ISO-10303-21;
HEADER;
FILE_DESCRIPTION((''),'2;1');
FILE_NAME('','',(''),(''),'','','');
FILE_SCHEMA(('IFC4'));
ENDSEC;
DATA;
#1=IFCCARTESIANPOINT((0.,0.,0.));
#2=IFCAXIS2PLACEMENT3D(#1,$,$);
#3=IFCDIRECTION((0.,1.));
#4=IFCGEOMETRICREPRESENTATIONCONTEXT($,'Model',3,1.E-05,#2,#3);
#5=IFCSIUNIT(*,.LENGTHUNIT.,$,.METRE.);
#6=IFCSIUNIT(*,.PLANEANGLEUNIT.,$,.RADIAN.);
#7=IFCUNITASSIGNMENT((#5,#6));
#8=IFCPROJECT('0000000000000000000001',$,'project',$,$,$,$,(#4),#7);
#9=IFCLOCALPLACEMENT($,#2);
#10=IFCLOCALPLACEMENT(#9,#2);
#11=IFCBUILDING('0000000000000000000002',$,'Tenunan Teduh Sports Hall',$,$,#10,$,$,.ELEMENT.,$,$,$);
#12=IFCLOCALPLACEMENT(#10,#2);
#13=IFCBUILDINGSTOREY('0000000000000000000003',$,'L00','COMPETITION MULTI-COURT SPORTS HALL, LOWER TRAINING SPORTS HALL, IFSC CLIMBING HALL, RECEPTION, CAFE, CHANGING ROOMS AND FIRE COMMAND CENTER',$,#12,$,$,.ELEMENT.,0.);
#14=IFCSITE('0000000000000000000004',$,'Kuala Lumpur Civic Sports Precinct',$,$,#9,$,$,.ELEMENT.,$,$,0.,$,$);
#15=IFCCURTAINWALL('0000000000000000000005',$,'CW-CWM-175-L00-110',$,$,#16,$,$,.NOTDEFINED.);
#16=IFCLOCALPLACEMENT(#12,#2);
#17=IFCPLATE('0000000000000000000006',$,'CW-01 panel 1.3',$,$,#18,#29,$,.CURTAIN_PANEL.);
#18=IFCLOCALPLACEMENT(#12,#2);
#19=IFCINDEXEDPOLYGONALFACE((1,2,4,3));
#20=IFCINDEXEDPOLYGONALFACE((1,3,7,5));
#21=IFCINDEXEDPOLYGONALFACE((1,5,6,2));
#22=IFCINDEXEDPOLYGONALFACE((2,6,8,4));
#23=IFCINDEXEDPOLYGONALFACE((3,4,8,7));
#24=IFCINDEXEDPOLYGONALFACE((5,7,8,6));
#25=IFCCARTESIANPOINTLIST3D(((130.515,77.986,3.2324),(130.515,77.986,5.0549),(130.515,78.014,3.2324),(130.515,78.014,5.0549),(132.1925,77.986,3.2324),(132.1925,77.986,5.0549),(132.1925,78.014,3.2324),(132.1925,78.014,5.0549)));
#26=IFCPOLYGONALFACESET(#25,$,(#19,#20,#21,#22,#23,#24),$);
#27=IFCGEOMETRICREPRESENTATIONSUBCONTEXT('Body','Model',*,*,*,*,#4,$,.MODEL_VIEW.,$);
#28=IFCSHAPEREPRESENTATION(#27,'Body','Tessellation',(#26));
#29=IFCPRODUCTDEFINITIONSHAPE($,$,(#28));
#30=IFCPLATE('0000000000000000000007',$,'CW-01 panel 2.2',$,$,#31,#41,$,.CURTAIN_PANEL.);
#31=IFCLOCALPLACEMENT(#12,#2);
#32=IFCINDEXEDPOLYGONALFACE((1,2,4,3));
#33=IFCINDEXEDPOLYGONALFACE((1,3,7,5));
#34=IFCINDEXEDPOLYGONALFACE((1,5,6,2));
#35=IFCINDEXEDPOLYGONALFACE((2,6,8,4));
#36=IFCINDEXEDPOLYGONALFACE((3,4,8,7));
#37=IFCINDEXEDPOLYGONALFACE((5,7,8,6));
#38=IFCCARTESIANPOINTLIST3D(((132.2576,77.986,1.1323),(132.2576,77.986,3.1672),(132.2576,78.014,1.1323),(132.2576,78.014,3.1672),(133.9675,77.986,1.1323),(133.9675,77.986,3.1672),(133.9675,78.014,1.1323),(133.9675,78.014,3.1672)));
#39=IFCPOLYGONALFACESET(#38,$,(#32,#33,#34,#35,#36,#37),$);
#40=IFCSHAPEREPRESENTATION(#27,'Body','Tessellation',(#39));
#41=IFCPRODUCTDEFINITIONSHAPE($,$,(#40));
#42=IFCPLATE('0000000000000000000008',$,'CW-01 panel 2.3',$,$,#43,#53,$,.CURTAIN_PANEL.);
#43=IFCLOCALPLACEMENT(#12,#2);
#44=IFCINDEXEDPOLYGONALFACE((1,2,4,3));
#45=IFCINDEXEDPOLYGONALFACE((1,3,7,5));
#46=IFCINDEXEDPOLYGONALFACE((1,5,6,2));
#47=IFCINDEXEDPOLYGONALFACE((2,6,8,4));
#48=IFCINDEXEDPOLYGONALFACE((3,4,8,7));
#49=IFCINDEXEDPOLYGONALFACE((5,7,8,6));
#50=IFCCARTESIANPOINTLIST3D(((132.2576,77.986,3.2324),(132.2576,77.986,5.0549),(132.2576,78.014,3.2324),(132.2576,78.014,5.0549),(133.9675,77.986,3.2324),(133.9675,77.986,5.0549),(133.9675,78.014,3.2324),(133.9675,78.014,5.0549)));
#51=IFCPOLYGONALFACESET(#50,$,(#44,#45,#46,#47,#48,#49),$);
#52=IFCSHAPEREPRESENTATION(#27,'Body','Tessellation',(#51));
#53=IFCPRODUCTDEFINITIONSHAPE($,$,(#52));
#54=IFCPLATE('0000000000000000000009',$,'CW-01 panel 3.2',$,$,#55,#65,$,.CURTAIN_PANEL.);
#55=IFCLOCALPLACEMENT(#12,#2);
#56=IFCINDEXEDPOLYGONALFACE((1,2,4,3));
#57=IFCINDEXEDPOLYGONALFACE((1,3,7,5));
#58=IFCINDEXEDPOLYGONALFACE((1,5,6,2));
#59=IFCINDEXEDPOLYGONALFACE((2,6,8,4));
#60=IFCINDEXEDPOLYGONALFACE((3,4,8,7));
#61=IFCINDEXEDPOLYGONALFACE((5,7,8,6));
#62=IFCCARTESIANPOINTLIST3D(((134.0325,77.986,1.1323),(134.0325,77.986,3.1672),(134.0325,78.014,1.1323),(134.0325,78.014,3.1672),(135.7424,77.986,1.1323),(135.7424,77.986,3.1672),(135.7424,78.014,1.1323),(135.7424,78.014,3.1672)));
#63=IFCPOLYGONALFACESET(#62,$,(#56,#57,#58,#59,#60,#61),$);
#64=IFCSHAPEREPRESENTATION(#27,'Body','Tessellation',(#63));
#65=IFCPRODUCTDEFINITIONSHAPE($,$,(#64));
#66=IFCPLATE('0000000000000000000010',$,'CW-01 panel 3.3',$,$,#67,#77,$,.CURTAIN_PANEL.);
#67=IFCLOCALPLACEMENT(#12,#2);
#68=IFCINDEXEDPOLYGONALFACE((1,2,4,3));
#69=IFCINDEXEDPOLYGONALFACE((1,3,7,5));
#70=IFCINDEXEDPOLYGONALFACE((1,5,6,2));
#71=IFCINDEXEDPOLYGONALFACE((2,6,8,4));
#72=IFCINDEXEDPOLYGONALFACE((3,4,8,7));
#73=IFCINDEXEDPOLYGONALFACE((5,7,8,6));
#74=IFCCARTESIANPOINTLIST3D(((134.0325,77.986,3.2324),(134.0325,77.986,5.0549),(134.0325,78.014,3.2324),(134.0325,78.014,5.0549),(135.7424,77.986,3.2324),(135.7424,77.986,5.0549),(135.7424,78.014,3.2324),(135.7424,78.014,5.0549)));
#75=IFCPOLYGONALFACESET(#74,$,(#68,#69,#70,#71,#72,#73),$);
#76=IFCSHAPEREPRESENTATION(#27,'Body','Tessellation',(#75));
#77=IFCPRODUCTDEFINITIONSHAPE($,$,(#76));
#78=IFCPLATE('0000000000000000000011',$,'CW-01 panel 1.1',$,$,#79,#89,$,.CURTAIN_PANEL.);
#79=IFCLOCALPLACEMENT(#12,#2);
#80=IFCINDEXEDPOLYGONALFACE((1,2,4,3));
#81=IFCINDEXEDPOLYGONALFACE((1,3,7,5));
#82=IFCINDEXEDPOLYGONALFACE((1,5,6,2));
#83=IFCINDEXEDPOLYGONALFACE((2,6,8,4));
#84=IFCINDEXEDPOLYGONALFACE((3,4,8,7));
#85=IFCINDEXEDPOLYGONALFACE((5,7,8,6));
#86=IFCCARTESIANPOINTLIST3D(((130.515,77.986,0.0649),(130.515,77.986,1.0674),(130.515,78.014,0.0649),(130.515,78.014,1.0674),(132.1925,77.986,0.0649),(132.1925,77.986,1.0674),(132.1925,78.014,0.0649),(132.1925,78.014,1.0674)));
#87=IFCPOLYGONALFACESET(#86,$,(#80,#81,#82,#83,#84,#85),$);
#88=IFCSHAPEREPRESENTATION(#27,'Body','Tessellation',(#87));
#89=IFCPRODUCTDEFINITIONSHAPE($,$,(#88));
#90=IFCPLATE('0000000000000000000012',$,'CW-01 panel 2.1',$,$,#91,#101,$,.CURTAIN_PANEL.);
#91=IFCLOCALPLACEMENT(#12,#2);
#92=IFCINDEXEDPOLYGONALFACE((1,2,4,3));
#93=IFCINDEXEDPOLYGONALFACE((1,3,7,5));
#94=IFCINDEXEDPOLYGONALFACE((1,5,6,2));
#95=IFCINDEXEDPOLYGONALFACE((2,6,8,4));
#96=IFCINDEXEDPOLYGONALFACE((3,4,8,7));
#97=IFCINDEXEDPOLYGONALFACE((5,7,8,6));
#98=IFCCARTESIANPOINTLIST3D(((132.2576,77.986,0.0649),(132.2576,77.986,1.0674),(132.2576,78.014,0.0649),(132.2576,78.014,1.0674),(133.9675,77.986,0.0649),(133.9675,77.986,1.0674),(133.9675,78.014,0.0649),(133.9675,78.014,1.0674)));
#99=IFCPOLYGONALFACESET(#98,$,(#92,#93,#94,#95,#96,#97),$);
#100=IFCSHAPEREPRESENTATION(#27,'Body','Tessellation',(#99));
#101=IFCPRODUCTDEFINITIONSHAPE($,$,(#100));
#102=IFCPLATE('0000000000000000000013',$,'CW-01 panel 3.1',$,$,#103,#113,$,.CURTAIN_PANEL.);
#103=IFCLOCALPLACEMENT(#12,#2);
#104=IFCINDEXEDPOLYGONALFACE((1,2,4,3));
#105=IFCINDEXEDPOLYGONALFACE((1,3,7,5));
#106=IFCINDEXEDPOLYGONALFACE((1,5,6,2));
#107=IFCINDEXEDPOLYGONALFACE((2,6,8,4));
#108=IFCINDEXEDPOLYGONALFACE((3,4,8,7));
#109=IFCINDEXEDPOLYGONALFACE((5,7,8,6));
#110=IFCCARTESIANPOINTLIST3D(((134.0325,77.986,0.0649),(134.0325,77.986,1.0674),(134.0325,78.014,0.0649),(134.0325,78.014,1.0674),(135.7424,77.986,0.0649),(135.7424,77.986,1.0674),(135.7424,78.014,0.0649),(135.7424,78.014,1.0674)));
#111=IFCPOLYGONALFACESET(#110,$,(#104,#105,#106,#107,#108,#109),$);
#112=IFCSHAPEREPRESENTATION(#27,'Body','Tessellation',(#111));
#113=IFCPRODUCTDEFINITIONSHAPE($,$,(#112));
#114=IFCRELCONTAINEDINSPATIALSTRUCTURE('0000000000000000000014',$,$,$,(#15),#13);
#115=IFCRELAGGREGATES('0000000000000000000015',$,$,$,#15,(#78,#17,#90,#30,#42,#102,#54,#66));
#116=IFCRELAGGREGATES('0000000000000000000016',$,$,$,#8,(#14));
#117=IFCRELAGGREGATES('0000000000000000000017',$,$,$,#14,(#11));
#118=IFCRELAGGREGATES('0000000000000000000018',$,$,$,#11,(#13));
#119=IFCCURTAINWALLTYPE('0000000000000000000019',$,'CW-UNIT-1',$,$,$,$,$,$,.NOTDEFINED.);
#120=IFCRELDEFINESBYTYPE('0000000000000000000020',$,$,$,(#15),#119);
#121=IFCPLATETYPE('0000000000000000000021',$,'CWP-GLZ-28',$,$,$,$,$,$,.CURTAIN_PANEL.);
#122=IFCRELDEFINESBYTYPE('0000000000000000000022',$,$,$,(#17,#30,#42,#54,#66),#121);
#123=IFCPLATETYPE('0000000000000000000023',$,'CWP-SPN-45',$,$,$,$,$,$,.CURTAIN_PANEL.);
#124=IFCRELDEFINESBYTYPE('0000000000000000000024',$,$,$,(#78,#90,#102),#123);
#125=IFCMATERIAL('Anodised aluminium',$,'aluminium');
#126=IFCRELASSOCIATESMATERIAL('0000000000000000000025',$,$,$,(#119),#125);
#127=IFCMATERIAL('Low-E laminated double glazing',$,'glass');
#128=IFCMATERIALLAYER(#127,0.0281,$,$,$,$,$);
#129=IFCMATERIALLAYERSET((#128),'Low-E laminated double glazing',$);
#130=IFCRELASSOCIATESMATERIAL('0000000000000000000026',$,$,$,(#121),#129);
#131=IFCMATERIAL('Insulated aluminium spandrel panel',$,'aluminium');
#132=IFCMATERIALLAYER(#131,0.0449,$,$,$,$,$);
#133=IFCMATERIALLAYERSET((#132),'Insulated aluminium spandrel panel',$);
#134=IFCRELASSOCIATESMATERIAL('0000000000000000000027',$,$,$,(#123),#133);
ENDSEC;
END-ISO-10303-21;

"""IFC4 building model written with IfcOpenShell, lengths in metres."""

from ifc_helpers import new_model, si_unit, direction, frame, origin, origin_2d, place, context, subcontext, project, spatial, rectangle, extrude, material, layer, layer_set, type_object, element, aggregate, save


model = new_model("IFC4")

# Units and contexts
model_context = context("Model", 3, precision=1e-05, world=origin(), true_north=direction((0.0, 1.0)))
body_context = subcontext(model_context, "Body", "Model", "MODEL_VIEW")
ifc_project = project(units=[si_unit("LENGTHUNIT", "METRE"), si_unit("PLANEANGLEUNIT", "RADIAN")], contexts=[model_context])

# Site, building, storey
site_placement = place(None, origin())
site = spatial("IfcSite", under=ifc_project, at=site_placement, Name="Kuala Lumpur Civic Sports Precinct", CompositionType="ELEMENT", RefElevation=0.0)
building_placement = place(site_placement, origin())
building = spatial("IfcBuilding", under=site, at=building_placement, Name="Tenunan Teduh Sports Hall", CompositionType="ELEMENT")
storey_placement = place(building_placement, origin())
storey = spatial("IfcBuildingStorey", under=building, at=storey_placement, Name="L00", Description="COMPETITION MULTI-COURT SPORTS HALL, LOWER TRAINING SPORTS HALL, IFSC CLIMBING HALL, RECEPTION, CAFE, CHANGING ROOMS AND FIRE COMMAND CENTER", CompositionType="ELEMENT", Elevation=0.0)

# Curtain wall, plates
ifc_material_1 = material(Name="Anodised aluminium", Category="aluminium")
curtain_wall_type = type_object("IfcCurtainWallType", Name="CW-UNIT-1", PredefinedType="NOTDEFINED", material=ifc_material_1)
curtain_wall_placement = place(storey_placement, origin())
curtain_wall = element("IfcCurtainWall", 1, at=curtain_wall_placement, inside=storey, type_object=curtain_wall_type, Name="CW-CWM-175-L00-110", PredefinedType="NOTDEFINED")
ifc_material_2 = material(Name="Low-E laminated double glazing", Category="glass")
ifc_layer_1 = layer(ifc_material_2, 0.0281)
ifc_layer_set_1 = layer_set([ifc_layer_1], Name="Low-E laminated double glazing")
plate_type_1 = type_object("IfcPlateType", Name="CWP-GLZ-28", PredefinedType="CURTAIN_PANEL", material=ifc_layer_set_1)
plate_1_placement = place(storey_placement, frame((131.3538, 78.0, 3.2324), z_axis=(0.0, 0.0, 1.0), x_axis=(1.0, 0.0, 0.0)))
plate_1 = element("IfcPlate", 2, at=plate_1_placement, type_object=plate_type_1, Name="CW-01 panel 1.3", PredefinedType="CURTAIN_PANEL", context=body_context, shape_type="SweptSolid", body=[
    extrude(rectangle(XDim=1.6775, YDim=0.0281, at=origin_2d()), origin(), (0.0, 0.0, 1.0), 1.8225),
])
plate_2_placement = place(storey_placement, frame((133.1125, 78.0, 1.1323), z_axis=(0.0, 0.0, 1.0), x_axis=(1.0, 0.0, 0.0)))
plate_2 = element("IfcPlate", 3, at=plate_2_placement, type_object=plate_type_1, Name="CW-01 panel 2.2", PredefinedType="CURTAIN_PANEL", context=body_context, shape_type="SweptSolid", body=[
    extrude(rectangle(XDim=1.71, YDim=0.0281, at=origin_2d()), origin(), (0.0, 0.0, 1.0), 2.0349),
])
plate_3_placement = place(storey_placement, frame((133.1125, 78.0, 3.2324), z_axis=(0.0, 0.0, 1.0), x_axis=(1.0, 0.0, 0.0)))
plate_3 = element("IfcPlate", 4, at=plate_3_placement, type_object=plate_type_1, Name="CW-01 panel 2.3", PredefinedType="CURTAIN_PANEL", context=body_context, shape_type="SweptSolid", body=[
    extrude(rectangle(XDim=1.71, YDim=0.0281, at=origin_2d()), origin(), (0.0, 0.0, 1.0), 1.8225),
])
plate_4_placement = place(storey_placement, frame((134.8875, 78.0, 1.1323), z_axis=(0.0, 0.0, 1.0), x_axis=(1.0, 0.0, 0.0)))
plate_4 = element("IfcPlate", 5, at=plate_4_placement, type_object=plate_type_1, Name="CW-01 panel 3.2", PredefinedType="CURTAIN_PANEL", context=body_context, shape_type="SweptSolid", body=[
    extrude(rectangle(XDim=1.71, YDim=0.0281, at=origin_2d()), origin(), (0.0, 0.0, 1.0), 2.0349),
])
plate_5_placement = place(storey_placement, frame((134.8875, 78.0, 3.2324), z_axis=(0.0, 0.0, 1.0), x_axis=(1.0, 0.0, 0.0)))
plate_5 = element("IfcPlate", 6, at=plate_5_placement, type_object=plate_type_1, Name="CW-01 panel 3.3", PredefinedType="CURTAIN_PANEL", context=body_context, shape_type="SweptSolid", body=[
    extrude(rectangle(XDim=1.71, YDim=0.0281, at=origin_2d()), origin(), (0.0, 0.0, 1.0), 1.8225),
])
ifc_material_3 = material(Name="Insulated aluminium spandrel panel", Category="aluminium")
ifc_layer_2 = layer(ifc_material_3, 0.0449)
ifc_layer_set_2 = layer_set([ifc_layer_2], Name="Insulated aluminium spandrel panel")
plate_type_2 = type_object("IfcPlateType", Name="CWP-SPN-45", PredefinedType="CURTAIN_PANEL", material=ifc_layer_set_2)
plate_6_placement = place(storey_placement, frame((131.3538, 78.0, 0.0649), z_axis=(0.0, 0.0, 1.0), x_axis=(1.0, 0.0, 0.0)))
plate_6 = element("IfcPlate", 7, at=plate_6_placement, type_object=plate_type_2, Name="CW-01 panel 1.1", PredefinedType="CURTAIN_PANEL", context=body_context, shape_type="SweptSolid", body=[
    extrude(rectangle(XDim=1.6775, YDim=0.0281, at=origin_2d()), origin(), (0.0, 0.0, 1.0), 1.0024),
])
plate_7_placement = place(storey_placement, frame((133.1125, 78.0, 0.0649), z_axis=(0.0, 0.0, 1.0), x_axis=(1.0, 0.0, 0.0)))
plate_7 = element("IfcPlate", 8, at=plate_7_placement, type_object=plate_type_2, Name="CW-01 panel 2.1", PredefinedType="CURTAIN_PANEL", context=body_context, shape_type="SweptSolid", body=[
    extrude(rectangle(XDim=1.71, YDim=0.0281, at=origin_2d()), origin(), (0.0, 0.0, 1.0), 1.0024),
])
plate_8_placement = place(storey_placement, frame((134.8875, 78.0, 0.0649), z_axis=(0.0, 0.0, 1.0), x_axis=(1.0, 0.0, 0.0)))
plate_8 = element("IfcPlate", 9, at=plate_8_placement, type_object=plate_type_2, Name="CW-01 panel 3.1", PredefinedType="CURTAIN_PANEL", context=body_context, shape_type="SweptSolid", body=[
    extrude(rectangle(XDim=1.71, YDim=0.0281, at=origin_2d()), origin(), (0.0, 0.0, 1.0), 1.0024),
])
aggregate(curtain_wall, [plate_6, plate_1, plate_7, plate_2, plate_3, plate_8, plate_4, plate_5])

save(model, "model.ifc")
